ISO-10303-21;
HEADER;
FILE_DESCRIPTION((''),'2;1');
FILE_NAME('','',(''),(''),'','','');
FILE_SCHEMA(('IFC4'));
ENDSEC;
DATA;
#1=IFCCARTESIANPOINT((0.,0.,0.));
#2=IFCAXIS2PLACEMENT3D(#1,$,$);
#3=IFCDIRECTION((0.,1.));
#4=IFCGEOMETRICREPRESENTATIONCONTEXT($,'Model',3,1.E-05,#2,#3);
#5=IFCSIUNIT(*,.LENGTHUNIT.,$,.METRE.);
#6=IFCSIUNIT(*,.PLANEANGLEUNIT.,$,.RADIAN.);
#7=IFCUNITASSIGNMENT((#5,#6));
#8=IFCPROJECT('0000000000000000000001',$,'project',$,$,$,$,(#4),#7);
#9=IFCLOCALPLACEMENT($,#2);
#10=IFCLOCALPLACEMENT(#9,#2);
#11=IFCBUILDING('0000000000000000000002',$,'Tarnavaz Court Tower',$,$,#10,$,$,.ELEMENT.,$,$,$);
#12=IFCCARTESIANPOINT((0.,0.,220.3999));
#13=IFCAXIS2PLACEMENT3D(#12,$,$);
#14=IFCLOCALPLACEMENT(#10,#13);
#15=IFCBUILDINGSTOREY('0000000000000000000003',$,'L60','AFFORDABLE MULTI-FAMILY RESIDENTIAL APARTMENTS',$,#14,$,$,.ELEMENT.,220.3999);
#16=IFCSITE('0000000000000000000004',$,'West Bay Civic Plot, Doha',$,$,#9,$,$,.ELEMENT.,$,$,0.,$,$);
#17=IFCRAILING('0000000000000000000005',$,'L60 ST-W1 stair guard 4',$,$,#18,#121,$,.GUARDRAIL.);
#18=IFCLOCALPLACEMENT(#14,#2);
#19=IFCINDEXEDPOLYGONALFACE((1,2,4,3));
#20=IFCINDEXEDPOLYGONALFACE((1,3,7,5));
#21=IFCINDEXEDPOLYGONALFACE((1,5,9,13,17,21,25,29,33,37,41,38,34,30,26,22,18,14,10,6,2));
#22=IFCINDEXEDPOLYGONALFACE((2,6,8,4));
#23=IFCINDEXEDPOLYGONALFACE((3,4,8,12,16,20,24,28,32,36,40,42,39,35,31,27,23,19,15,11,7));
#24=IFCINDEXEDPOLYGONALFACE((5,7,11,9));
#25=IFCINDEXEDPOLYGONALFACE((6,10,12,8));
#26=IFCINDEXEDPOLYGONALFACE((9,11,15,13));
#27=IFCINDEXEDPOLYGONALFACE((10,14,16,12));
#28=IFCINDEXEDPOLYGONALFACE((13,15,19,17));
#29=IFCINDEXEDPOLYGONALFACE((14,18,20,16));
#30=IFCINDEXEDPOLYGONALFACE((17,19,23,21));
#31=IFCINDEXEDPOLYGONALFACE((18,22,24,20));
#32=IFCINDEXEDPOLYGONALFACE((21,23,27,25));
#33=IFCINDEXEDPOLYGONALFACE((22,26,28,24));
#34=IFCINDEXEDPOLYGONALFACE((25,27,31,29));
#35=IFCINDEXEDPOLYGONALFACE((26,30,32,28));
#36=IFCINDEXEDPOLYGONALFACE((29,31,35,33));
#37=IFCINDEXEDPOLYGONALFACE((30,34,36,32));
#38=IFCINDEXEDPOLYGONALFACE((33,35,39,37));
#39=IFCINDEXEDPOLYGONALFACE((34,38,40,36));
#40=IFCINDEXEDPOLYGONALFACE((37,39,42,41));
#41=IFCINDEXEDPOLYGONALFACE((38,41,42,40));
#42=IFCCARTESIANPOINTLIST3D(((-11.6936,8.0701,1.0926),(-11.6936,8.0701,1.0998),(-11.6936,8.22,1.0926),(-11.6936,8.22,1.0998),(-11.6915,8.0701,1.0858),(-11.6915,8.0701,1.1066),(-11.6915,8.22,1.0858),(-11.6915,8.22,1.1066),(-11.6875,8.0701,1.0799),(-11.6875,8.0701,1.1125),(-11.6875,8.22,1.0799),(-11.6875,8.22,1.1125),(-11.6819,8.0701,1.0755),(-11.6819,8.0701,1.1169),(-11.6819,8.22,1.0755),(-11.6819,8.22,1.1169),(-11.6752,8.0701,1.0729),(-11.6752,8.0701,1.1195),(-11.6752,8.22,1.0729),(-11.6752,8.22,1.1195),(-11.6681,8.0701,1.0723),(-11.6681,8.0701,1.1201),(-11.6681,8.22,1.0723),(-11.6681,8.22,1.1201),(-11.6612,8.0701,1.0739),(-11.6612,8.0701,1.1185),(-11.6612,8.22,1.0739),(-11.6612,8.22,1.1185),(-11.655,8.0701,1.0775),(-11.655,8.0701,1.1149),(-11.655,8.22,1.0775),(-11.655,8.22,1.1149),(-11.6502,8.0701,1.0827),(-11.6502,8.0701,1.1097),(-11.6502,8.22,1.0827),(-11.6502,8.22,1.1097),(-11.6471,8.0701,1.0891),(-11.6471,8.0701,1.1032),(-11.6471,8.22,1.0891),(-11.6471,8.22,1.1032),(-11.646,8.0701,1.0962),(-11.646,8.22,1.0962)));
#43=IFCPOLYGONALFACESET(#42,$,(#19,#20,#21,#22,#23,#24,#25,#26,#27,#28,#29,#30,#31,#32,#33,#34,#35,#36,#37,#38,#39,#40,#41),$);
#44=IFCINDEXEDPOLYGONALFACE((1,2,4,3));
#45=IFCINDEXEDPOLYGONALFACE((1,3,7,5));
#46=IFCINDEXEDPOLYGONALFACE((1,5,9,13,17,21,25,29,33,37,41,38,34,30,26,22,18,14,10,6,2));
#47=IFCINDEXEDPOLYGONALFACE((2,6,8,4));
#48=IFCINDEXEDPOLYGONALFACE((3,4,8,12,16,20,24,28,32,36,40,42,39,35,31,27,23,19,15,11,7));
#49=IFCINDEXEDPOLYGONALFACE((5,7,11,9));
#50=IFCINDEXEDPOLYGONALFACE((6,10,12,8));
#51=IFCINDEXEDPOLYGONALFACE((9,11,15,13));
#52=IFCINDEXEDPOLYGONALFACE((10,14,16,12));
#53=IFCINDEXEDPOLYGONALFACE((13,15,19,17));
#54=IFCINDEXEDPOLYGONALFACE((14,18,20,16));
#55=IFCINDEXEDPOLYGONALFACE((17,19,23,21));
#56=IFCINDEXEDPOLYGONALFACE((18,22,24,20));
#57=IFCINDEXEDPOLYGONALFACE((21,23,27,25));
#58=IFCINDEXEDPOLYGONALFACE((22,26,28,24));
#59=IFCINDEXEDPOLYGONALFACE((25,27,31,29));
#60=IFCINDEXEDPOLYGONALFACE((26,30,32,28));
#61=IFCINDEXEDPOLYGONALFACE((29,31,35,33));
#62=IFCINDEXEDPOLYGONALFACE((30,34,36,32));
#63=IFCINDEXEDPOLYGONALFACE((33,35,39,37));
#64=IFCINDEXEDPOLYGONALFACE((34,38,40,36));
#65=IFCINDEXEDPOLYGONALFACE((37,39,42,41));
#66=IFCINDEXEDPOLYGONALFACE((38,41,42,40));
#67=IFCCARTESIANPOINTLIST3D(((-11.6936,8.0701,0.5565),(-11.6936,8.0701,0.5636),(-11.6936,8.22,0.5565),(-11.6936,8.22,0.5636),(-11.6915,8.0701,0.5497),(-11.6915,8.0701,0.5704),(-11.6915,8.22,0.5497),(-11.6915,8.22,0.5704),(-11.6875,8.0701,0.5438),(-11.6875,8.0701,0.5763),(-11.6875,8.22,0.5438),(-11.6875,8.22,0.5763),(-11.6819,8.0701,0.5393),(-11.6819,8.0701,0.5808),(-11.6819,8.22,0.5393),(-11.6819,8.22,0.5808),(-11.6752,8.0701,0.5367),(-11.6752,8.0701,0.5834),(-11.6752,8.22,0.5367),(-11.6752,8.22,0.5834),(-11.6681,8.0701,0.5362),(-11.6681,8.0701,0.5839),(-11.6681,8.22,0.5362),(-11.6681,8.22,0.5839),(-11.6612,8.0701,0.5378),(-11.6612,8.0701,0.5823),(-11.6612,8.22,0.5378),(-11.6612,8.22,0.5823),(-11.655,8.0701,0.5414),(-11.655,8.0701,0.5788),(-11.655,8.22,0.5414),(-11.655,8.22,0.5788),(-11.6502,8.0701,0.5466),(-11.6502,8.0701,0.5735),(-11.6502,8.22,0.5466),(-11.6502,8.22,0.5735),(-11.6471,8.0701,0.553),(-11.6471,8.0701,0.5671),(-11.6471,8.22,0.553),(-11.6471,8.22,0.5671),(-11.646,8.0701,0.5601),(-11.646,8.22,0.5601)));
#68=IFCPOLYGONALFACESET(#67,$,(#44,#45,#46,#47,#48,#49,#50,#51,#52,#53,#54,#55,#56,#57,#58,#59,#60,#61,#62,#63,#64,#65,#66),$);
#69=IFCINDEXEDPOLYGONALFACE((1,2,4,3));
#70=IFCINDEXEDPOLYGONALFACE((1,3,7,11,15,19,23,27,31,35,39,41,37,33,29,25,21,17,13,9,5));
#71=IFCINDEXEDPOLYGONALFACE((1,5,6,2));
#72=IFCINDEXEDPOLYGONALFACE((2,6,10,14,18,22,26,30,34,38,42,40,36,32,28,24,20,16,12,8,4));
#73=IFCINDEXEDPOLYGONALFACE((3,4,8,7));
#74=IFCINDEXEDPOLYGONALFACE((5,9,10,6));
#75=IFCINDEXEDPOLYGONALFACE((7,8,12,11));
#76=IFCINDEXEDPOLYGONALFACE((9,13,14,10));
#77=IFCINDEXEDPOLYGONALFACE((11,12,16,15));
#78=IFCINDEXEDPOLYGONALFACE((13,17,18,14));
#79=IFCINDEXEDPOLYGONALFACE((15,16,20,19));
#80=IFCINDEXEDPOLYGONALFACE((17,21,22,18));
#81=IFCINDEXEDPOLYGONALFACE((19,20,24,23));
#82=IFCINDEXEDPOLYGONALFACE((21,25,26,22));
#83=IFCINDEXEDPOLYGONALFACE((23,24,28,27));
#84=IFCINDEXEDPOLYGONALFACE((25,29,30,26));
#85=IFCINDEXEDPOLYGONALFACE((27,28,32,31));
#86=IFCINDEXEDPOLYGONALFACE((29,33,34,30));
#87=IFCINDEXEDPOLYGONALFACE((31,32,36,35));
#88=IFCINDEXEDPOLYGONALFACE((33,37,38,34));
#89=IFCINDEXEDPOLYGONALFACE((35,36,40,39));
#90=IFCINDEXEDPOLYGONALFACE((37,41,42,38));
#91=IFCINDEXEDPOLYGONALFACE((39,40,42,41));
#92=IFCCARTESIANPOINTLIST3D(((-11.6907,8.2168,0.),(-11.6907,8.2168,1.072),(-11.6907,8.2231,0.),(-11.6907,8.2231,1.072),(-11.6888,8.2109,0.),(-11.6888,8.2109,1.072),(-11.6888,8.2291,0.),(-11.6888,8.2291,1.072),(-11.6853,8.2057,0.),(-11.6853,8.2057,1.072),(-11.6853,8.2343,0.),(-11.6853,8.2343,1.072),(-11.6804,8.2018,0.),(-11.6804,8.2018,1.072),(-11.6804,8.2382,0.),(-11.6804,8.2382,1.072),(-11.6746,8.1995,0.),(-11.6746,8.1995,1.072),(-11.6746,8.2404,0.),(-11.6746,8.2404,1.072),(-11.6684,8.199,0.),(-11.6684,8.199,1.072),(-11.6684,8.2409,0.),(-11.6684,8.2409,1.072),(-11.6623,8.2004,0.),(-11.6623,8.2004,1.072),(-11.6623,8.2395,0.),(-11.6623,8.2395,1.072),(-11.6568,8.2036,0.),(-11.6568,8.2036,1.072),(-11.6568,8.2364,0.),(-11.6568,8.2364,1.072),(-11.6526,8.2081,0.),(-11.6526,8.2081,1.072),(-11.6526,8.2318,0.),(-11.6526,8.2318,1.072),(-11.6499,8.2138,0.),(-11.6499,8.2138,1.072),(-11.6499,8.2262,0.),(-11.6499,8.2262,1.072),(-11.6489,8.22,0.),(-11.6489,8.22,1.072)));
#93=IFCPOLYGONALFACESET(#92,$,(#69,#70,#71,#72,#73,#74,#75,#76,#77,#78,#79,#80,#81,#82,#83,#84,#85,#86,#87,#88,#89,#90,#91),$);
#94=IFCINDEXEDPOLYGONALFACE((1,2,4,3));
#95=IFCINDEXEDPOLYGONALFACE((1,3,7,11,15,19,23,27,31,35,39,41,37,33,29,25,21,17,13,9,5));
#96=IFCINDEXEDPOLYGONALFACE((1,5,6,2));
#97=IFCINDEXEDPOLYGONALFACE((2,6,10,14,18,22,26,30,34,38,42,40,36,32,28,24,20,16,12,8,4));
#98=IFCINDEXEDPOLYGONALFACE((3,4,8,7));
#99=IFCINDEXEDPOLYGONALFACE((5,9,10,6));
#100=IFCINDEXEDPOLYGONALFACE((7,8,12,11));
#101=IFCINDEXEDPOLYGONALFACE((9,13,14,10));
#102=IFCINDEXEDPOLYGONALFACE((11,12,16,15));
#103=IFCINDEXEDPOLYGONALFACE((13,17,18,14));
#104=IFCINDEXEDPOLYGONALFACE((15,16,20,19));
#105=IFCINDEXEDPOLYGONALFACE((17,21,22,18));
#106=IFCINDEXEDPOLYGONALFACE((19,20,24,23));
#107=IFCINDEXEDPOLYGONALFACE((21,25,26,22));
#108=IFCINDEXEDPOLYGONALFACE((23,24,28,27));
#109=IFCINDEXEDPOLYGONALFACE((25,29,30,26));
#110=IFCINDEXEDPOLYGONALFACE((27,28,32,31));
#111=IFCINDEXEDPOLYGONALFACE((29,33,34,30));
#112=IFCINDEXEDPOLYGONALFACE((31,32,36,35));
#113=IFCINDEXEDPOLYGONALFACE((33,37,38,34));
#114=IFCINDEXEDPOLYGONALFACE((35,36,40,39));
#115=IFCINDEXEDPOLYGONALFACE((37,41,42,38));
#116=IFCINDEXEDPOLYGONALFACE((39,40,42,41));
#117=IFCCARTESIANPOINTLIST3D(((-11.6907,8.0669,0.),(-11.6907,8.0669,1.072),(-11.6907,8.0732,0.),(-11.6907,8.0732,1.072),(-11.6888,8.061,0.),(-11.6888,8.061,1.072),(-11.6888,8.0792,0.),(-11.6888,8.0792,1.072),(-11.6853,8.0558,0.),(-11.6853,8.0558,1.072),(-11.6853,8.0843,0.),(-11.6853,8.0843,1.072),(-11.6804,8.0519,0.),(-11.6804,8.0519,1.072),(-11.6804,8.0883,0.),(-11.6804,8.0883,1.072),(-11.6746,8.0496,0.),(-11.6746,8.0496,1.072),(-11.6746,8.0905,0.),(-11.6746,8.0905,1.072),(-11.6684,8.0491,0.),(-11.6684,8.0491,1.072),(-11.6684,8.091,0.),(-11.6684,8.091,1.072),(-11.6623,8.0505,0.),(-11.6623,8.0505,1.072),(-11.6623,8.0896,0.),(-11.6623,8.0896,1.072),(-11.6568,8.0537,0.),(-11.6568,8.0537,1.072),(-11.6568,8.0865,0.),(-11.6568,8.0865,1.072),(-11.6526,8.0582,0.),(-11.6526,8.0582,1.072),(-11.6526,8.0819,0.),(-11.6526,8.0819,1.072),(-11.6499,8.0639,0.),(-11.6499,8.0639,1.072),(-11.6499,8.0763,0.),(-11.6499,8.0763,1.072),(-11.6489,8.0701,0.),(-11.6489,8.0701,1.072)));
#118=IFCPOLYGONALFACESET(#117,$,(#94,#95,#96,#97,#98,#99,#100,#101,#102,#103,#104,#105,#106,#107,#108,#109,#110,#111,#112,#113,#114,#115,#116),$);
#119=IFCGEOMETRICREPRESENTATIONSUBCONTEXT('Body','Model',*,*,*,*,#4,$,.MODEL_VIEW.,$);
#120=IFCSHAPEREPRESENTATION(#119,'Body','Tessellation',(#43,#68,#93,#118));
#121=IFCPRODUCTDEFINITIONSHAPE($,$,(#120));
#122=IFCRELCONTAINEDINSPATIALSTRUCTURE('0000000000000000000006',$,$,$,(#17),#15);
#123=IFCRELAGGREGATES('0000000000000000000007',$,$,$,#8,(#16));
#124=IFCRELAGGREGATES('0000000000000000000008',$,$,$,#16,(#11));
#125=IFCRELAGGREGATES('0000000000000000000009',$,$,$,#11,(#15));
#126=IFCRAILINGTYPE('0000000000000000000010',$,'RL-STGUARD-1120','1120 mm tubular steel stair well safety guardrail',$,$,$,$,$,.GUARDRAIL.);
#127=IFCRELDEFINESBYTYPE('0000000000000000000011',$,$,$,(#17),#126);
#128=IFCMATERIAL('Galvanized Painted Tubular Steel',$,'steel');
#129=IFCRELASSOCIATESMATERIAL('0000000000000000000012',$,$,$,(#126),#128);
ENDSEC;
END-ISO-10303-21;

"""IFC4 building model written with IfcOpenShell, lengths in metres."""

from ifc_helpers import new_model, si_unit, direction, frame, origin, origin_2d, place, context, subcontext, project, spatial, circle, extrude, material, type_object, element, save


model = new_model("IFC4")

# Units and contexts
model_context = context("Model", 3, precision=1e-05, world=origin(), true_north=direction((0.0, 1.0)))
body_context = subcontext(model_context, "Body", "Model", "MODEL_VIEW")
ifc_project = project(units=[si_unit("LENGTHUNIT", "METRE"), si_unit("PLANEANGLEUNIT", "RADIAN")], contexts=[model_context])

# Site, building, storey
site_placement = place(None, origin())
site = spatial("IfcSite", under=ifc_project, at=site_placement, Name="West Bay Civic Plot, Doha", CompositionType="ELEMENT", RefElevation=0.0)
building_placement = place(site_placement, origin())
building = spatial("IfcBuilding", under=site, at=building_placement, Name="Tarnavaz Court Tower", CompositionType="ELEMENT")
storey_placement = place(building_placement, frame((0.0, 0.0, 220.3999)))
storey = spatial("IfcBuildingStorey", under=building, at=storey_placement, Name="L60", Description="AFFORDABLE MULTI-FAMILY RESIDENTIAL APARTMENTS", CompositionType="ELEMENT", Elevation=220.3999)

# Railing
ifc_material_1 = material(Name="Galvanized Painted Tubular Steel", Category="steel")
railing_type_1 = type_object("IfcRailingType", Name="RL-STGUARD-1120", Description="1120 mm tubular steel stair well safety guardrail", PredefinedType="GUARDRAIL", material=ifc_material_1)
railing_1_placement = place(storey_placement, frame((-11.6699, 8.22, 0.0)))
element("IfcRailing", 1, at=railing_1_placement, inside=storey, type_object=railing_type_1, Name="L60 ST-W1 stair guard 4", PredefinedType="GUARDRAIL", context=body_context, shape_type="SweptSolid", body=[
    extrude(circle(Radius=0.0239, at=origin_2d()), frame((0.0, 0.0, 1.0962), z_axis=(0.0, -1.0, 0.0), x_axis=(1.0, 0.0, 0.0)), (0.0, 0.0, 1.0), 0.1499),
    extrude(circle(Radius=0.0239, at=origin_2d()), frame((0.0, 0.0, 0.5601), z_axis=(0.0, -1.0, 0.0), x_axis=(1.0, 0.0, 0.0)), (0.0, 0.0, 1.0), 0.1499),
    extrude(circle(Radius=0.021, at=origin_2d()), origin(), (0.0, 0.0, 1.0), 1.072),
    extrude(circle(Radius=0.021, at=origin_2d()), frame((0.0, -0.1499, 0.0)), (0.0, 0.0, 1.0), 1.072),
])

save(model, "model.ifc")
